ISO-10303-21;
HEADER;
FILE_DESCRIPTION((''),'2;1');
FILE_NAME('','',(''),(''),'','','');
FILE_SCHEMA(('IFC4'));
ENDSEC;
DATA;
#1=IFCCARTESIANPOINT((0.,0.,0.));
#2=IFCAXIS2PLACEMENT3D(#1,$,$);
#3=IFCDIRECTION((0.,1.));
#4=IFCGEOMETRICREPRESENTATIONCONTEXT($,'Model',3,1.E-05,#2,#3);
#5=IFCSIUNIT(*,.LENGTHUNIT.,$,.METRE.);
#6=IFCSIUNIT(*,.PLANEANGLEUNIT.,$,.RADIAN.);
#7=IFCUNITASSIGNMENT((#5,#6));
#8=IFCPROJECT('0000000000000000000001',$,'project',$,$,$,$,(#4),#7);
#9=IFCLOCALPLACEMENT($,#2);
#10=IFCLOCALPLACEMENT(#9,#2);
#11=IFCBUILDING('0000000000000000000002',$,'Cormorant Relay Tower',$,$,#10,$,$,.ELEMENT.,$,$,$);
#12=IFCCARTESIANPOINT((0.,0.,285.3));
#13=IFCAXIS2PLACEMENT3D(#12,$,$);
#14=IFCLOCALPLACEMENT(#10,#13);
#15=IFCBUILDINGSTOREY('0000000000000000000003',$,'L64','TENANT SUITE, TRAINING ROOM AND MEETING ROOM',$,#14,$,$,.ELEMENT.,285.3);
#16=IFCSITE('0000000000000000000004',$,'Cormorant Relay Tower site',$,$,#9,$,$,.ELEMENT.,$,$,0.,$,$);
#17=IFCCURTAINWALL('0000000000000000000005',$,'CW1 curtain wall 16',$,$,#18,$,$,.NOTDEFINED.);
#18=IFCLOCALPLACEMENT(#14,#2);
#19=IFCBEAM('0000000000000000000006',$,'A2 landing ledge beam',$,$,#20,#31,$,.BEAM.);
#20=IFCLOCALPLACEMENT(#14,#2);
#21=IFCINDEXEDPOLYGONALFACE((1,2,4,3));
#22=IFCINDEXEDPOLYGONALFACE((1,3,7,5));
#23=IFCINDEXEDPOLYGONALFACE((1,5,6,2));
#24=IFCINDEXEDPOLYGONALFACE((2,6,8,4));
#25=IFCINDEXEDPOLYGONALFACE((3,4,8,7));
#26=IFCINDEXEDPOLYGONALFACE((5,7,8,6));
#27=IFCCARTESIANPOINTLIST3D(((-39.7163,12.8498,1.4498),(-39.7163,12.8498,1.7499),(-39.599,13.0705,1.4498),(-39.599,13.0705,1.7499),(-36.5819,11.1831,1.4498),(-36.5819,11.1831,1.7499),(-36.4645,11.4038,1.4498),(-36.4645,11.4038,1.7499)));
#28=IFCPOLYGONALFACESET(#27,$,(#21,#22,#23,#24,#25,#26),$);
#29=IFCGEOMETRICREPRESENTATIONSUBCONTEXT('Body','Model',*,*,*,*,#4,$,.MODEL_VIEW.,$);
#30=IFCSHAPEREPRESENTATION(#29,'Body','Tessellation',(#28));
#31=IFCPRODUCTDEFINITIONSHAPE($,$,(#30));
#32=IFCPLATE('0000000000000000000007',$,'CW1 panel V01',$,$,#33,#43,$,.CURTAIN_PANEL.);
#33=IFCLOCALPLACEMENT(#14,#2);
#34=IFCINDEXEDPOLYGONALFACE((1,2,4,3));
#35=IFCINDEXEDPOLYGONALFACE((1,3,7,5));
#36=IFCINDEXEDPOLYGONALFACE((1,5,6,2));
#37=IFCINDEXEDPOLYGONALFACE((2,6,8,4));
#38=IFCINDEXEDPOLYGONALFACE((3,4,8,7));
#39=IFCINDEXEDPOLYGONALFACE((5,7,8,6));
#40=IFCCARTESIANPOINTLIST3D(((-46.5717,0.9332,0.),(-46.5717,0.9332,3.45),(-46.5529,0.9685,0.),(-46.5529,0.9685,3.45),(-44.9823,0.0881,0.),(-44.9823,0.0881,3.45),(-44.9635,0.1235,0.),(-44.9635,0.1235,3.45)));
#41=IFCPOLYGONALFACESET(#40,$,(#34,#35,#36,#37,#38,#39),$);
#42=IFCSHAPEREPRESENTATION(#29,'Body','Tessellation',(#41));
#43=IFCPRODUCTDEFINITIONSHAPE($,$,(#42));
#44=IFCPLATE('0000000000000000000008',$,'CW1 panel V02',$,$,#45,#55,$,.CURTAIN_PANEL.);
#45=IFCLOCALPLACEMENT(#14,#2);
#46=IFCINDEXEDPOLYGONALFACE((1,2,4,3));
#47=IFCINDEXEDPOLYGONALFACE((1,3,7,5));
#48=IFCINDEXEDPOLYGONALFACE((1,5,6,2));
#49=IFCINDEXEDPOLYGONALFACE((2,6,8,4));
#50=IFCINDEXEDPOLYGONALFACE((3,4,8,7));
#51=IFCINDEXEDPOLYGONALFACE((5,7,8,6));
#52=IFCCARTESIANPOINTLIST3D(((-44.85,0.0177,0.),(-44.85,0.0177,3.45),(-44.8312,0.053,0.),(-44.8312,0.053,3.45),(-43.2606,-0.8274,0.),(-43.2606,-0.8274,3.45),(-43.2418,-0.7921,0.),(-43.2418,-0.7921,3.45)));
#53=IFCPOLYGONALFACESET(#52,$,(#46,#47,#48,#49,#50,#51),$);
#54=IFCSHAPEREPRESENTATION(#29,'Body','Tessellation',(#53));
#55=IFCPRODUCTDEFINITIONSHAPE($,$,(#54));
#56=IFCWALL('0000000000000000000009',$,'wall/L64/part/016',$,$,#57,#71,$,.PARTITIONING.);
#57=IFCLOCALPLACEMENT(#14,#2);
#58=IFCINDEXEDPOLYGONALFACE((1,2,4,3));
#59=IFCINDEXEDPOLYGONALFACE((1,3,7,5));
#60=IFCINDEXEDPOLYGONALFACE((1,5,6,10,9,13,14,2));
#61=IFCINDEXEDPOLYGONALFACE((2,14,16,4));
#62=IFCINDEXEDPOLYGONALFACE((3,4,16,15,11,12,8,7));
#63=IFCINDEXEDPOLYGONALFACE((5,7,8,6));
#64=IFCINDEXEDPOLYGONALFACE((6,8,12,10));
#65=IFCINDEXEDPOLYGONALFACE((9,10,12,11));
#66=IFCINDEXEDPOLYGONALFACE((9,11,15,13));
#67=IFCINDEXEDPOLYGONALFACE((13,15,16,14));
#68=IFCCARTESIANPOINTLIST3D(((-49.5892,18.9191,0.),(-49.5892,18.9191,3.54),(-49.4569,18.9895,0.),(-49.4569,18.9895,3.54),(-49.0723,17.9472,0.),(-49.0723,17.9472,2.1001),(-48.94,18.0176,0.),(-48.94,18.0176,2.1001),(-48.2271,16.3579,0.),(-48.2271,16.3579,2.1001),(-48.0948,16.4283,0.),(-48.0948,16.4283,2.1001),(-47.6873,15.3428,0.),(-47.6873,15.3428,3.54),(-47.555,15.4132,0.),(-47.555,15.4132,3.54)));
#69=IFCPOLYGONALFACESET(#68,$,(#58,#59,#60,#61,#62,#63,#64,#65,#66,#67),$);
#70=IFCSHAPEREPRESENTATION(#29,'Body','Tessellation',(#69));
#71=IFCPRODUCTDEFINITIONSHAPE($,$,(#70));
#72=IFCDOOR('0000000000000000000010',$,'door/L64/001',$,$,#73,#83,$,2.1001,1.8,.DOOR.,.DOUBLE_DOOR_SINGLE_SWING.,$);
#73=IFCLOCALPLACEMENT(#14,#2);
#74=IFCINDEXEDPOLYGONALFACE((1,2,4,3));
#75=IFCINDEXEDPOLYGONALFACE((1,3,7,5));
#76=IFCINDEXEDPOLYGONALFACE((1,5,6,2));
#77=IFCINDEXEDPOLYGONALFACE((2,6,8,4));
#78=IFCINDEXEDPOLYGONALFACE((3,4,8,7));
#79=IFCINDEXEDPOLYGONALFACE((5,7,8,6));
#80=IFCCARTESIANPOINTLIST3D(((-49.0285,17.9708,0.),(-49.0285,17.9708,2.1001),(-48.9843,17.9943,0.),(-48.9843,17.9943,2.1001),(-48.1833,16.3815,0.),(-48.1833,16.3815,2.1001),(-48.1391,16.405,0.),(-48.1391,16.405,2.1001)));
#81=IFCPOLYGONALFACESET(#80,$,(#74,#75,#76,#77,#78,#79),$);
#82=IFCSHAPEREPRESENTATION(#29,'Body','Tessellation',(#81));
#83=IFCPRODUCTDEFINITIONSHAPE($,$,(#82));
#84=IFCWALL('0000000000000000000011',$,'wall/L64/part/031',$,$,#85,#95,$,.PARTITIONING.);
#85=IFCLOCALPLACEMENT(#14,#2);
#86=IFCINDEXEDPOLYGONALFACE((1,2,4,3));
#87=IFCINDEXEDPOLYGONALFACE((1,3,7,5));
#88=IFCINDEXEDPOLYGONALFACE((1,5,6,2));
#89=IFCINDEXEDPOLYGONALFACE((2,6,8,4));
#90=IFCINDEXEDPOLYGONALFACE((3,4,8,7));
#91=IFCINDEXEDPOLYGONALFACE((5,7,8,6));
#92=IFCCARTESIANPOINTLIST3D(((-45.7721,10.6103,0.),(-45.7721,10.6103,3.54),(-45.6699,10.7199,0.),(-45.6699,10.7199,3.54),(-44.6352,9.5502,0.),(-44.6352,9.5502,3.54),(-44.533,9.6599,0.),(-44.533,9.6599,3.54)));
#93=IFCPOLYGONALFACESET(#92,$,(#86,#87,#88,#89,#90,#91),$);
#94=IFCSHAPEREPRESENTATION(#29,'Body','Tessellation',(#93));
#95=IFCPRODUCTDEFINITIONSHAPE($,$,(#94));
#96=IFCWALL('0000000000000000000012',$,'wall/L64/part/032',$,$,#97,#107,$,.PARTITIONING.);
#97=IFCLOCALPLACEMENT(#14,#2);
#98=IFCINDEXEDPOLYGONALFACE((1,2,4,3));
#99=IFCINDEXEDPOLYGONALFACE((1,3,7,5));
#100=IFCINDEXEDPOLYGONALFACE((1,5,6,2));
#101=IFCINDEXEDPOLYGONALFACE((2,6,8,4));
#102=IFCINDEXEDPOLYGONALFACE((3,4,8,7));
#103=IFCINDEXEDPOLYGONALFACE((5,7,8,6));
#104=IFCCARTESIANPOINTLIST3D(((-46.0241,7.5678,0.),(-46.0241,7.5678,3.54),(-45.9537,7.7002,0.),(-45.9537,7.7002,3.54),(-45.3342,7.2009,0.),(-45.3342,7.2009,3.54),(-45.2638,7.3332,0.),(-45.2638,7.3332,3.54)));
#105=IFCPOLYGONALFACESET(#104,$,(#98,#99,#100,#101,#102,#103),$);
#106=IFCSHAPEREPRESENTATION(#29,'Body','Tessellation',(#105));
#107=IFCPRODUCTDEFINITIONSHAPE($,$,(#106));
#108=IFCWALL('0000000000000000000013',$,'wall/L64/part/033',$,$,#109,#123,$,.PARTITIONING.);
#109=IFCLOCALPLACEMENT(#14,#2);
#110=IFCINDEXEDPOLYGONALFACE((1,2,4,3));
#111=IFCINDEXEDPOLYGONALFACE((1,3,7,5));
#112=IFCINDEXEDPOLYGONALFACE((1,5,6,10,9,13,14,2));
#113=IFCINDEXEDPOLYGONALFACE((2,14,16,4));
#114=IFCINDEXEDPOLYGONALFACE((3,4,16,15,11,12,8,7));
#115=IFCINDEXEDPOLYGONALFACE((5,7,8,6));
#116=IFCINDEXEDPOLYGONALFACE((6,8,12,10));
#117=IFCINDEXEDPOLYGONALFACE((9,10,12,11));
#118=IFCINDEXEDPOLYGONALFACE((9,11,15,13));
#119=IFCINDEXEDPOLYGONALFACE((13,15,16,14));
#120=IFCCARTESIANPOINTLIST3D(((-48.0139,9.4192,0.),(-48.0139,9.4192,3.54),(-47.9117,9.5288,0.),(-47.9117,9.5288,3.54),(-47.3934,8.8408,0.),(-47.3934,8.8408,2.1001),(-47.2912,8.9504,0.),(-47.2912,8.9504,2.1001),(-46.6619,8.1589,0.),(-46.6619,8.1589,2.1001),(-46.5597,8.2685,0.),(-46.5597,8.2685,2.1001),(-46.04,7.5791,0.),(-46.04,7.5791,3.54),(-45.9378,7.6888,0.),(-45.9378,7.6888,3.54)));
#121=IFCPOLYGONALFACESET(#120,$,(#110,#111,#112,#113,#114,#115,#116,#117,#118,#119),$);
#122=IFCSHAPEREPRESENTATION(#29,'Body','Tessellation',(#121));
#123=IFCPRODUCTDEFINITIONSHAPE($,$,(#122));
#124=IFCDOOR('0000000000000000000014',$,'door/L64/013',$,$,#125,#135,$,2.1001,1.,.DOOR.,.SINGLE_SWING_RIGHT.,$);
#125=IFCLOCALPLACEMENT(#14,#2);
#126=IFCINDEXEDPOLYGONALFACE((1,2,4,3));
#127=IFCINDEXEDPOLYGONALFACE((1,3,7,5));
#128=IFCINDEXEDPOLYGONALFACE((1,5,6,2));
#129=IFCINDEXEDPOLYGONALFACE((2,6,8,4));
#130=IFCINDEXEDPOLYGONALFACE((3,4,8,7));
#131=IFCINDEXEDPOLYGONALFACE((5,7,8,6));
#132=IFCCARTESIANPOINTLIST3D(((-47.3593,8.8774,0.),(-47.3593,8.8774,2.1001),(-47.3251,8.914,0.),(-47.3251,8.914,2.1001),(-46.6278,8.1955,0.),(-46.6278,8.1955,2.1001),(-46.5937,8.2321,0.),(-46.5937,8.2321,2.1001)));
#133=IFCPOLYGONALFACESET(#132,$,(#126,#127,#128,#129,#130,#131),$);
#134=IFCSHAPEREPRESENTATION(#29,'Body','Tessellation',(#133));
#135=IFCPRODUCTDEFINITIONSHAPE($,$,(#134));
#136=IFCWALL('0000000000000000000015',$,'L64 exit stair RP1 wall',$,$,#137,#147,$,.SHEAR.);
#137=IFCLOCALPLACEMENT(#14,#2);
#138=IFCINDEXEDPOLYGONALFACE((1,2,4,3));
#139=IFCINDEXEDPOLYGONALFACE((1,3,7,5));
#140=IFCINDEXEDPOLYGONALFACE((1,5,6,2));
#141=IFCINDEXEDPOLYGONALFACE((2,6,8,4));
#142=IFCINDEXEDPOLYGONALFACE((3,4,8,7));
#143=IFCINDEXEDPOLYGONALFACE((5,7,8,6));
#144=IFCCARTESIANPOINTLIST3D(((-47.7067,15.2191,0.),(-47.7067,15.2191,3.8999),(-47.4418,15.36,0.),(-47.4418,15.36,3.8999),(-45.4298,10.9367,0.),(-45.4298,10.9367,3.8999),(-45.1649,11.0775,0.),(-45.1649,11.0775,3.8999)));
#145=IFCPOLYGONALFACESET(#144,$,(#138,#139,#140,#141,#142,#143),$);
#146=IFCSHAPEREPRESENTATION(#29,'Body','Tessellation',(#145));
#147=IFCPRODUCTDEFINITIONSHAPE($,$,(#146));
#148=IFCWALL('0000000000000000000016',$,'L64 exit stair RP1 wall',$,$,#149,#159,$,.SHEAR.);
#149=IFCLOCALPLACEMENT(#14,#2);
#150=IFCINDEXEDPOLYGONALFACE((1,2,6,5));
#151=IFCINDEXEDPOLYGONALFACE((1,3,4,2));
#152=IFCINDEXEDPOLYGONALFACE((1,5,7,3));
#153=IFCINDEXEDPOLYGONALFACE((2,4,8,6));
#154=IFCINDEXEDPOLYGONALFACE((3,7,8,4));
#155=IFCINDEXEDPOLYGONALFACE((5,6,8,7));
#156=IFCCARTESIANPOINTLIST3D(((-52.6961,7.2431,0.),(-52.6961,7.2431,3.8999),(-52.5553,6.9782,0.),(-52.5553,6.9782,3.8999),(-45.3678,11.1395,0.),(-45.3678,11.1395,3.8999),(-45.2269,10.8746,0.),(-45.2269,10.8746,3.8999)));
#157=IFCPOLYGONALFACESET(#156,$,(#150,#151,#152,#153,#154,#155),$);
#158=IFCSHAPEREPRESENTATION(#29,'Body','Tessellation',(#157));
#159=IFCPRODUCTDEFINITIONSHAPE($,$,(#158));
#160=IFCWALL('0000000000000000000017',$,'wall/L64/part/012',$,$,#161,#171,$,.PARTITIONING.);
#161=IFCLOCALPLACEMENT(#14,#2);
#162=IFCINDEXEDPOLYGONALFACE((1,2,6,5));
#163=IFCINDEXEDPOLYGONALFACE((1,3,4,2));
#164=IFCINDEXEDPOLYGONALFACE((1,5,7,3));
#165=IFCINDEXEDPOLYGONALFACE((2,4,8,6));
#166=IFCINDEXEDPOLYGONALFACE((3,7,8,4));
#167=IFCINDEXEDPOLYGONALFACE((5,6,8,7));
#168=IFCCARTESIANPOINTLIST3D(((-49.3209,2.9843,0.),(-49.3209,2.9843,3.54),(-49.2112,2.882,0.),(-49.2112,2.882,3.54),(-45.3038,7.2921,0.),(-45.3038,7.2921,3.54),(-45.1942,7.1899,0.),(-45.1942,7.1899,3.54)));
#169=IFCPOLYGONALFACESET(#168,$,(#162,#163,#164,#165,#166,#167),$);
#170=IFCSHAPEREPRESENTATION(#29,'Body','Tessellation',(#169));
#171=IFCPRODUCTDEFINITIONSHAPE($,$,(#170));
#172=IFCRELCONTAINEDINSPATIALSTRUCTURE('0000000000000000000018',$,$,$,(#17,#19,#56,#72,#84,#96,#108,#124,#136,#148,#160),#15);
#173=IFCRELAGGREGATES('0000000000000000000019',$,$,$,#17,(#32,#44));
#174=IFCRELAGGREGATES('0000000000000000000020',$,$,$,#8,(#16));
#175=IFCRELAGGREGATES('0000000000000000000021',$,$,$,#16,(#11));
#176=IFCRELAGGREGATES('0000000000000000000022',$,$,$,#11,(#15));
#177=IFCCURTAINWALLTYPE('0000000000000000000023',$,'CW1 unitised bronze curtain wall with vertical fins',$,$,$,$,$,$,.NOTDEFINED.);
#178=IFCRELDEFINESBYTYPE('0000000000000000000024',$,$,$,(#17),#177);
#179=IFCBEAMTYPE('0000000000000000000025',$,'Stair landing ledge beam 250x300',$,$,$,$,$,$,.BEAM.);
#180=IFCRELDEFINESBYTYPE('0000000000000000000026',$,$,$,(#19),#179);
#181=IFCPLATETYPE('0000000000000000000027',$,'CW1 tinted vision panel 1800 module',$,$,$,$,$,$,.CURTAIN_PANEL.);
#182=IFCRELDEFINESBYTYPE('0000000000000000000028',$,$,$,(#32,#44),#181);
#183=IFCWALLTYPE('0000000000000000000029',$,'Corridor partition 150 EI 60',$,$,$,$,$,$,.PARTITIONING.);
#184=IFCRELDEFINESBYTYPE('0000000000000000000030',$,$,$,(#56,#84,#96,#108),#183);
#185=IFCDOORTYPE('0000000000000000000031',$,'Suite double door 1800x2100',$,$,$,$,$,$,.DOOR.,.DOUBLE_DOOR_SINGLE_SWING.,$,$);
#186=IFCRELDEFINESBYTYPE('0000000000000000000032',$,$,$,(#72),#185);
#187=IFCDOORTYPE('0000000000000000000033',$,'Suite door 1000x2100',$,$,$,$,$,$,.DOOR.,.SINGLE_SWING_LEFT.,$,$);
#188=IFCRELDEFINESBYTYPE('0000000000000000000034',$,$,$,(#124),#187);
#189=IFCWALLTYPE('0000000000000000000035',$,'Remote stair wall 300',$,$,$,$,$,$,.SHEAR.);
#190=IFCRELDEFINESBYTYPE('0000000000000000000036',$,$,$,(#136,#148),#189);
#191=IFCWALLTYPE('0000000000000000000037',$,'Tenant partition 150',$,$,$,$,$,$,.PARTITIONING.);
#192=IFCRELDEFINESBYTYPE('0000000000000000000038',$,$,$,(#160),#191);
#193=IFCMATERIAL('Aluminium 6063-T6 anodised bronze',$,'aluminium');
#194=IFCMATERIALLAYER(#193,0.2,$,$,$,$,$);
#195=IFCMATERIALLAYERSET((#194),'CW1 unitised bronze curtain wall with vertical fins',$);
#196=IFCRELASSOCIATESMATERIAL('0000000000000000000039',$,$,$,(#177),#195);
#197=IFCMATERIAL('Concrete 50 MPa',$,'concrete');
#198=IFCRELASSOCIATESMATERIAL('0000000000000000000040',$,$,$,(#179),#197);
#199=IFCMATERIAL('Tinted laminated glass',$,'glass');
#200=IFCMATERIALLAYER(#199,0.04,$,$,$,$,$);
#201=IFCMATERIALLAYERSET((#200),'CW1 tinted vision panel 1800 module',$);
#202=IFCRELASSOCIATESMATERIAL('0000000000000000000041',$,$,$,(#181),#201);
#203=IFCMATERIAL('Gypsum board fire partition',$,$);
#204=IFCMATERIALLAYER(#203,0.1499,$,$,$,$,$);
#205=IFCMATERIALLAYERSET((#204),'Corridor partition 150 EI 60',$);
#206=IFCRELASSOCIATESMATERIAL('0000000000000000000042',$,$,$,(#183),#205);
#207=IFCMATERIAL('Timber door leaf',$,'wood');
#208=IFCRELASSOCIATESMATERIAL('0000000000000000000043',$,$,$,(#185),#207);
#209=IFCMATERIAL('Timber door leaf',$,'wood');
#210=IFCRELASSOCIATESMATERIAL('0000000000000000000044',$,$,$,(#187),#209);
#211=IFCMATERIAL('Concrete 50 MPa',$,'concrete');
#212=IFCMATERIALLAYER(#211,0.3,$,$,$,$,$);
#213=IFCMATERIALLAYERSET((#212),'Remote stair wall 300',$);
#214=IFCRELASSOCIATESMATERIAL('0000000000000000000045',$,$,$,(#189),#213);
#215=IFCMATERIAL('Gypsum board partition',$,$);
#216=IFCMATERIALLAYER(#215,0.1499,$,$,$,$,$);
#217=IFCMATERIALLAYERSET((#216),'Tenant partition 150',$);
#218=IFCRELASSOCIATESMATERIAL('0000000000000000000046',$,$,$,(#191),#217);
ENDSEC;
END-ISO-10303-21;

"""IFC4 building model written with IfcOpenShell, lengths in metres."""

from ifc_helpers import new_model, si_unit, direction, frame, frame_2d, origin, origin_2d, place, context, subcontext, project, spatial, rectangle, extrude, material, layer, layer_set, material_profile, profile_set, type_object, element, fill, aggregate, save


model = new_model("IFC4")

# Units and contexts
model_context = context("Model", 3, precision=1e-05, world=origin(), true_north=direction((0.0, 1.0)))
body_context = subcontext(model_context, "Body", "Model", "MODEL_VIEW")
ifc_project = project(units=[si_unit("LENGTHUNIT", "METRE"), si_unit("PLANEANGLEUNIT", "RADIAN")], contexts=[model_context])

# Site, building, storey
site_placement = place(None, origin())
site = spatial("IfcSite", under=ifc_project, at=site_placement, Name="Cormorant Relay Tower site", CompositionType="ELEMENT", RefElevation=0.0)
building_placement = place(site_placement, origin())
building = spatial("IfcBuilding", under=site, at=building_placement, Name="Cormorant Relay Tower", CompositionType="ELEMENT")
storey_placement = place(building_placement, frame((0.0, 0.0, 285.3)))
storey = spatial("IfcBuildingStorey", under=building, at=storey_placement, Name="L64", Description="TENANT SUITE, TRAINING ROOM AND MEETING ROOM", CompositionType="ELEMENT", Elevation=285.3)

# Curtain wall
ifc_material_1 = material(Name="Aluminium 6063-T6 anodised bronze", Category="aluminium")
ifc_layer_1 = layer(ifc_material_1, 0.2)
ifc_layer_set_1 = layer_set([ifc_layer_1], Name="CW1 unitised bronze curtain wall with vertical fins")
curtain_wall_type = type_object("IfcCurtainWallType", Name="CW1 unitised bronze curtain wall with vertical fins", PredefinedType="NOTDEFINED", material=ifc_layer_set_1)
curtain_wall_placement = place(storey_placement, origin())
curtain_wall = element("IfcCurtainWall", 1, at=curtain_wall_placement, inside=storey, type_object=curtain_wall_type, Name="CW1 curtain wall 16", PredefinedType="NOTDEFINED")

# Beam
ifc_material_2 = material(Name="Concrete 50 MPa", Category="concrete")
ifc_material_profile_1 = material_profile(ifc_material_2, rectangle(XDim=0.25, YDim=0.3, at=origin_2d()), Name="RC 250x300")
ifc_profile_set_1 = profile_set([ifc_material_profile_1], Name="Concrete 50 MPa")
beam_type = type_object("IfcBeamType", Name="Stair landing ledge beam 250x300", PredefinedType="BEAM", material=ifc_profile_set_1)
beam_placement = place(storey_placement, frame((-36.5232, 11.2935, 1.5999), z_axis=(-0.882937, 0.469492, 0.0), x_axis=(-0.469492, -0.882937, 0.0)))
element("IfcBeam", 2, at=beam_placement, inside=storey, type_object=beam_type, Name="A2 landing ledge beam", PredefinedType="BEAM", context=body_context, shape_type="SweptSolid", body=[
    extrude(rectangle(XDim=0.25, YDim=0.3, at=origin_2d()), origin(), (0.0, 0.0, 1.0), 3.55),
])

# Plates
ifc_material_3 = material(Name="Tinted laminated glass", Category="glass")
ifc_layer_2 = layer(ifc_material_3, 0.04)
ifc_layer_set_2 = layer_set([ifc_layer_2], Name="CW1 tinted vision panel 1800 module")
plate_type = type_object("IfcPlateType", Name="CW1 tinted vision panel 1800 module", PredefinedType="CURTAIN_PANEL", material=ifc_layer_set_2)
plate_1_placement = place(storey_placement, frame((-45.7676, 0.5283, 0.0), z_axis=(0.0, 0.0, 1.0), x_axis=(0.882948, -0.469472, 0.0)))
plate_1 = element("IfcPlate", 3, at=plate_1_placement, type_object=plate_type, Name="CW1 panel V01", PredefinedType="CURTAIN_PANEL", context=body_context, shape_type="SweptSolid", body=[
    extrude(rectangle(XDim=1.8, YDim=0.04, at=origin_2d()), origin(), (0.0, 0.0, 1.0), 3.45),
])
plate_2_placement = place(storey_placement, frame((-44.0459, -0.3872, 0.0), z_axis=(0.0, 0.0, 1.0), x_axis=(0.882948, -0.469472, 0.0)))
plate_2 = element("IfcPlate", 4, at=plate_2_placement, type_object=plate_type, Name="CW1 panel V02", PredefinedType="CURTAIN_PANEL", context=body_context, shape_type="SweptSolid", body=[
    extrude(rectangle(XDim=1.8, YDim=0.04, at=origin_2d()), origin(), (0.0, 0.0, 1.0), 3.45),
])

# Wall, opening, door
ifc_material_4 = material(Name="Gypsum board fire partition")
ifc_layer_3 = layer(ifc_material_4, 0.1499)
ifc_layer_set_3 = layer_set([ifc_layer_3], Name="Corridor partition 150 EI 60")
wall_type_1 = type_object("IfcWallType", Name="Corridor partition 150 EI 60", PredefinedType="PARTITIONING", material=ifc_layer_set_3)
wall_1_placement = place(storey_placement, frame((-47.6211, 15.3779, 0.0), z_axis=(0.0, 0.0, 1.0), x_axis=(-0.469543, 0.88291, 0.0)))
wall_1 = element("IfcWall", 5, at=wall_1_placement, inside=storey, type_object=wall_type_1, Name="wall/L64/part/016", PredefinedType="PARTITIONING", context=body_context, shape_type="SweptSolid", body=[
    extrude(rectangle(XDim=4.0505, YDim=0.1499, at=frame_2d((2.0254, 0.0))), origin(), (0.0, 0.0, 1.0), 3.54),
])
opening_1_placement = place(wall_1_placement, frame((1.1499, 0.0, 0.0)))
opening_1 = element("IfcOpeningElement", 6, at=opening_1_placement, cuts=wall_1, PredefinedType="OPENING", context=body_context, shape_type="SweptSolid", body=[
    extrude(rectangle(XDim=1.8, YDim=2.1001, at=frame_2d((0.8999, 1.05))), frame((0.0, 0.085, 0.0), z_axis=(0.0, -1.0, 0.0), x_axis=(1.0, 0.0, 0.0)), (0.0, 0.0, 1.0), 0.1699),
])
ifc_material_5 = material(Name="Timber door leaf", Category="wood")
door_type_1 = type_object("IfcDoorType", Name="Suite double door 1800x2100", OperationType="DOUBLE_DOOR_SINGLE_SWING", PredefinedType="DOOR", material=ifc_material_5)
door_1_placement = place(opening_1_placement, frame((1.8, 0.0, 0.0), z_axis=(0.0, 0.0, 1.0), x_axis=(-1.0, 0.0, 0.0)))
door_1 = element("IfcDoor", 7, at=door_1_placement, inside=storey, type_object=door_type_1, Name="door/L64/001", OperationType="DOUBLE_DOOR_SINGLE_SWING", OverallHeight=2.1001, OverallWidth=1.8, PredefinedType="DOOR", context=body_context, shape_type="SweptSolid", body=[
    extrude(rectangle(XDim=1.8, YDim=2.1001, at=frame_2d((0.8999, 1.05))), frame((0.0, 0.0249, 0.0), z_axis=(0.0, -1.0, 0.0), x_axis=(1.0, 0.0, 0.0)), (0.0, 0.0, 1.0), 0.05),
])
fill(opening_1, door_1)

# Walls
wall_2_placement = place(storey_placement, frame((-44.584, 9.605, 0.0), z_axis=(0.0, 0.0, 1.0), x_axis=(-0.73141, 0.681938, 0.0)))
element("IfcWall", 8, at=wall_2_placement, inside=storey, type_object=wall_type_1, Name="wall/L64/part/031", PredefinedType="PARTITIONING", context=body_context, shape_type="SweptSolid", body=[
    extrude(rectangle(XDim=1.5544, YDim=0.1499, at=frame_2d((0.7773, 0.0))), origin(), (0.0, 0.0, 1.0), 3.54),
])
wall_3_placement = place(storey_placement, frame((-45.2991, 7.2671, 0.0), z_axis=(0.0, 0.0, 1.0), x_axis=(-0.882897, 0.469566, 0.0)))
element("IfcWall", 9, at=wall_3_placement, inside=storey, type_object=wall_type_1, Name="wall/L64/part/032", PredefinedType="PARTITIONING", context=body_context, shape_type="SweptSolid", body=[
    extrude(rectangle(XDim=0.7815, YDim=0.1499, at=frame_2d((0.3906, 0.0))), origin(), (0.0, 0.0, 1.0), 3.54),
])

# Wall, opening, door
wall_4_placement = place(storey_placement, frame((-45.989, 7.634, 0.0), z_axis=(0.0, 0.0, 1.0), x_axis=(-0.731461, 0.681883, 0.0)))
wall_4 = element("IfcWall", 10, at=wall_4_placement, inside=storey, type_object=wall_type_1, Name="wall/L64/part/033", PredefinedType="PARTITIONING", context=body_context, shape_type="SweptSolid", body=[
    extrude(rectangle(XDim=2.6985, YDim=0.1499, at=frame_2d((1.3491, 0.0))), origin(), (0.0, 0.0, 1.0), 3.54),
])
opening_2_placement = place(wall_4_placement, frame((0.8501, 0.0, 0.0)))
opening_2 = element("IfcOpeningElement", 11, at=opening_2_placement, cuts=wall_4, PredefinedType="OPENING", context=body_context, shape_type="SweptSolid", body=[
    extrude(rectangle(XDim=1.0, YDim=2.1001, at=frame_2d((0.5, 1.05))), frame((0.0, 0.085, 0.0), z_axis=(0.0, -1.0, 0.0), x_axis=(1.0, 0.0, 0.0)), (0.0, 0.0, 1.0), 0.1699),
])
ifc_material_6 = material(Name="Timber door leaf", Category="wood")
door_type_2 = type_object("IfcDoorType", Name="Suite door 1000x2100", OperationType="SINGLE_SWING_LEFT", PredefinedType="DOOR", material=ifc_material_6)
door_2_placement = place(opening_2_placement, origin())
door_2 = element("IfcDoor", 12, at=door_2_placement, inside=storey, type_object=door_type_2, Name="door/L64/013", OperationType="SINGLE_SWING_RIGHT", OverallHeight=2.1001, OverallWidth=1.0, PredefinedType="DOOR", context=body_context, shape_type="SweptSolid", body=[
    extrude(rectangle(XDim=1.0, YDim=2.1001, at=frame_2d((0.5, 1.05))), frame((0.0, 0.0249, 0.0), z_axis=(0.0, -1.0, 0.0), x_axis=(1.0, 0.0, 0.0)), (0.0, 0.0, 1.0), 0.05),
])
fill(opening_2, door_2)

# Walls
ifc_material_7 = material(Name="Concrete 50 MPa", Category="concrete")
ifc_layer_4 = layer(ifc_material_7, 0.3)
ifc_layer_set_4 = layer_set([ifc_layer_4], Name="Remote stair wall 300")
wall_type_2 = type_object("IfcWallType", Name="Remote stair wall 300", PredefinedType="SHEAR", material=ifc_layer_set_4)
wall_5_placement = place(storey_placement, frame((-47.5742, 15.2896, 0.0), z_axis=(0.0, 0.0, 1.0), x_axis=(0.469443, -0.882963, 0.0)))
element("IfcWall", 13, at=wall_5_placement, inside=storey, type_object=wall_type_2, Name="L64 exit stair RP1 wall", PredefinedType="SHEAR", context=body_context, shape_type="SweptSolid", body=[
    extrude(rectangle(XDim=4.8501, YDim=0.3, at=frame_2d((2.425, 0.0))), origin(), (0.0, 0.0, 1.0), 3.8999),
])
wall_6_placement = place(storey_placement, frame((-45.2974, 11.0071, 0.0), z_axis=(0.0, 0.0, 1.0), x_axis=(-0.882952, -0.469464, 0.0)))
element("IfcWall", 14, at=wall_6_placement, inside=storey, type_object=wall_type_2, Name="L64 exit stair RP1 wall", PredefinedType="SHEAR", context=body_context, shape_type="SweptSolid", body=[
    extrude(rectangle(XDim=8.2998, YDim=0.3, at=frame_2d((4.1499, 0.0))), origin(), (0.0, 0.0, 1.0), 3.8999),
])
ifc_material_8 = material(Name="Gypsum board partition")
ifc_layer_5 = layer(ifc_material_8, 0.1499)
ifc_layer_set_5 = layer_set([ifc_layer_5], Name="Tenant partition 150")
wall_type_3 = type_object("IfcWallType", Name="Tenant partition 150", PredefinedType="PARTITIONING", material=ifc_layer_set_5)
wall_7_placement = place(storey_placement, frame((-45.249, 7.241, 0.0), z_axis=(0.0, 0.0, 1.0), x_axis=(-0.681993, -0.731358, 0.0)))
element("IfcWall", 15, at=wall_7_placement, inside=storey, type_object=wall_type_3, Name="wall/L64/part/012", PredefinedType="PARTITIONING", context=body_context, shape_type="SweptSolid", body=[
    extrude(rectangle(XDim=5.8901, YDim=0.1499, at=frame_2d((2.9451, 0.0))), origin(), (0.0, 0.0, 1.0), 3.54),
])

aggregate(curtain_wall, [plate_1, plate_2])

save(model, "model.ifc")
